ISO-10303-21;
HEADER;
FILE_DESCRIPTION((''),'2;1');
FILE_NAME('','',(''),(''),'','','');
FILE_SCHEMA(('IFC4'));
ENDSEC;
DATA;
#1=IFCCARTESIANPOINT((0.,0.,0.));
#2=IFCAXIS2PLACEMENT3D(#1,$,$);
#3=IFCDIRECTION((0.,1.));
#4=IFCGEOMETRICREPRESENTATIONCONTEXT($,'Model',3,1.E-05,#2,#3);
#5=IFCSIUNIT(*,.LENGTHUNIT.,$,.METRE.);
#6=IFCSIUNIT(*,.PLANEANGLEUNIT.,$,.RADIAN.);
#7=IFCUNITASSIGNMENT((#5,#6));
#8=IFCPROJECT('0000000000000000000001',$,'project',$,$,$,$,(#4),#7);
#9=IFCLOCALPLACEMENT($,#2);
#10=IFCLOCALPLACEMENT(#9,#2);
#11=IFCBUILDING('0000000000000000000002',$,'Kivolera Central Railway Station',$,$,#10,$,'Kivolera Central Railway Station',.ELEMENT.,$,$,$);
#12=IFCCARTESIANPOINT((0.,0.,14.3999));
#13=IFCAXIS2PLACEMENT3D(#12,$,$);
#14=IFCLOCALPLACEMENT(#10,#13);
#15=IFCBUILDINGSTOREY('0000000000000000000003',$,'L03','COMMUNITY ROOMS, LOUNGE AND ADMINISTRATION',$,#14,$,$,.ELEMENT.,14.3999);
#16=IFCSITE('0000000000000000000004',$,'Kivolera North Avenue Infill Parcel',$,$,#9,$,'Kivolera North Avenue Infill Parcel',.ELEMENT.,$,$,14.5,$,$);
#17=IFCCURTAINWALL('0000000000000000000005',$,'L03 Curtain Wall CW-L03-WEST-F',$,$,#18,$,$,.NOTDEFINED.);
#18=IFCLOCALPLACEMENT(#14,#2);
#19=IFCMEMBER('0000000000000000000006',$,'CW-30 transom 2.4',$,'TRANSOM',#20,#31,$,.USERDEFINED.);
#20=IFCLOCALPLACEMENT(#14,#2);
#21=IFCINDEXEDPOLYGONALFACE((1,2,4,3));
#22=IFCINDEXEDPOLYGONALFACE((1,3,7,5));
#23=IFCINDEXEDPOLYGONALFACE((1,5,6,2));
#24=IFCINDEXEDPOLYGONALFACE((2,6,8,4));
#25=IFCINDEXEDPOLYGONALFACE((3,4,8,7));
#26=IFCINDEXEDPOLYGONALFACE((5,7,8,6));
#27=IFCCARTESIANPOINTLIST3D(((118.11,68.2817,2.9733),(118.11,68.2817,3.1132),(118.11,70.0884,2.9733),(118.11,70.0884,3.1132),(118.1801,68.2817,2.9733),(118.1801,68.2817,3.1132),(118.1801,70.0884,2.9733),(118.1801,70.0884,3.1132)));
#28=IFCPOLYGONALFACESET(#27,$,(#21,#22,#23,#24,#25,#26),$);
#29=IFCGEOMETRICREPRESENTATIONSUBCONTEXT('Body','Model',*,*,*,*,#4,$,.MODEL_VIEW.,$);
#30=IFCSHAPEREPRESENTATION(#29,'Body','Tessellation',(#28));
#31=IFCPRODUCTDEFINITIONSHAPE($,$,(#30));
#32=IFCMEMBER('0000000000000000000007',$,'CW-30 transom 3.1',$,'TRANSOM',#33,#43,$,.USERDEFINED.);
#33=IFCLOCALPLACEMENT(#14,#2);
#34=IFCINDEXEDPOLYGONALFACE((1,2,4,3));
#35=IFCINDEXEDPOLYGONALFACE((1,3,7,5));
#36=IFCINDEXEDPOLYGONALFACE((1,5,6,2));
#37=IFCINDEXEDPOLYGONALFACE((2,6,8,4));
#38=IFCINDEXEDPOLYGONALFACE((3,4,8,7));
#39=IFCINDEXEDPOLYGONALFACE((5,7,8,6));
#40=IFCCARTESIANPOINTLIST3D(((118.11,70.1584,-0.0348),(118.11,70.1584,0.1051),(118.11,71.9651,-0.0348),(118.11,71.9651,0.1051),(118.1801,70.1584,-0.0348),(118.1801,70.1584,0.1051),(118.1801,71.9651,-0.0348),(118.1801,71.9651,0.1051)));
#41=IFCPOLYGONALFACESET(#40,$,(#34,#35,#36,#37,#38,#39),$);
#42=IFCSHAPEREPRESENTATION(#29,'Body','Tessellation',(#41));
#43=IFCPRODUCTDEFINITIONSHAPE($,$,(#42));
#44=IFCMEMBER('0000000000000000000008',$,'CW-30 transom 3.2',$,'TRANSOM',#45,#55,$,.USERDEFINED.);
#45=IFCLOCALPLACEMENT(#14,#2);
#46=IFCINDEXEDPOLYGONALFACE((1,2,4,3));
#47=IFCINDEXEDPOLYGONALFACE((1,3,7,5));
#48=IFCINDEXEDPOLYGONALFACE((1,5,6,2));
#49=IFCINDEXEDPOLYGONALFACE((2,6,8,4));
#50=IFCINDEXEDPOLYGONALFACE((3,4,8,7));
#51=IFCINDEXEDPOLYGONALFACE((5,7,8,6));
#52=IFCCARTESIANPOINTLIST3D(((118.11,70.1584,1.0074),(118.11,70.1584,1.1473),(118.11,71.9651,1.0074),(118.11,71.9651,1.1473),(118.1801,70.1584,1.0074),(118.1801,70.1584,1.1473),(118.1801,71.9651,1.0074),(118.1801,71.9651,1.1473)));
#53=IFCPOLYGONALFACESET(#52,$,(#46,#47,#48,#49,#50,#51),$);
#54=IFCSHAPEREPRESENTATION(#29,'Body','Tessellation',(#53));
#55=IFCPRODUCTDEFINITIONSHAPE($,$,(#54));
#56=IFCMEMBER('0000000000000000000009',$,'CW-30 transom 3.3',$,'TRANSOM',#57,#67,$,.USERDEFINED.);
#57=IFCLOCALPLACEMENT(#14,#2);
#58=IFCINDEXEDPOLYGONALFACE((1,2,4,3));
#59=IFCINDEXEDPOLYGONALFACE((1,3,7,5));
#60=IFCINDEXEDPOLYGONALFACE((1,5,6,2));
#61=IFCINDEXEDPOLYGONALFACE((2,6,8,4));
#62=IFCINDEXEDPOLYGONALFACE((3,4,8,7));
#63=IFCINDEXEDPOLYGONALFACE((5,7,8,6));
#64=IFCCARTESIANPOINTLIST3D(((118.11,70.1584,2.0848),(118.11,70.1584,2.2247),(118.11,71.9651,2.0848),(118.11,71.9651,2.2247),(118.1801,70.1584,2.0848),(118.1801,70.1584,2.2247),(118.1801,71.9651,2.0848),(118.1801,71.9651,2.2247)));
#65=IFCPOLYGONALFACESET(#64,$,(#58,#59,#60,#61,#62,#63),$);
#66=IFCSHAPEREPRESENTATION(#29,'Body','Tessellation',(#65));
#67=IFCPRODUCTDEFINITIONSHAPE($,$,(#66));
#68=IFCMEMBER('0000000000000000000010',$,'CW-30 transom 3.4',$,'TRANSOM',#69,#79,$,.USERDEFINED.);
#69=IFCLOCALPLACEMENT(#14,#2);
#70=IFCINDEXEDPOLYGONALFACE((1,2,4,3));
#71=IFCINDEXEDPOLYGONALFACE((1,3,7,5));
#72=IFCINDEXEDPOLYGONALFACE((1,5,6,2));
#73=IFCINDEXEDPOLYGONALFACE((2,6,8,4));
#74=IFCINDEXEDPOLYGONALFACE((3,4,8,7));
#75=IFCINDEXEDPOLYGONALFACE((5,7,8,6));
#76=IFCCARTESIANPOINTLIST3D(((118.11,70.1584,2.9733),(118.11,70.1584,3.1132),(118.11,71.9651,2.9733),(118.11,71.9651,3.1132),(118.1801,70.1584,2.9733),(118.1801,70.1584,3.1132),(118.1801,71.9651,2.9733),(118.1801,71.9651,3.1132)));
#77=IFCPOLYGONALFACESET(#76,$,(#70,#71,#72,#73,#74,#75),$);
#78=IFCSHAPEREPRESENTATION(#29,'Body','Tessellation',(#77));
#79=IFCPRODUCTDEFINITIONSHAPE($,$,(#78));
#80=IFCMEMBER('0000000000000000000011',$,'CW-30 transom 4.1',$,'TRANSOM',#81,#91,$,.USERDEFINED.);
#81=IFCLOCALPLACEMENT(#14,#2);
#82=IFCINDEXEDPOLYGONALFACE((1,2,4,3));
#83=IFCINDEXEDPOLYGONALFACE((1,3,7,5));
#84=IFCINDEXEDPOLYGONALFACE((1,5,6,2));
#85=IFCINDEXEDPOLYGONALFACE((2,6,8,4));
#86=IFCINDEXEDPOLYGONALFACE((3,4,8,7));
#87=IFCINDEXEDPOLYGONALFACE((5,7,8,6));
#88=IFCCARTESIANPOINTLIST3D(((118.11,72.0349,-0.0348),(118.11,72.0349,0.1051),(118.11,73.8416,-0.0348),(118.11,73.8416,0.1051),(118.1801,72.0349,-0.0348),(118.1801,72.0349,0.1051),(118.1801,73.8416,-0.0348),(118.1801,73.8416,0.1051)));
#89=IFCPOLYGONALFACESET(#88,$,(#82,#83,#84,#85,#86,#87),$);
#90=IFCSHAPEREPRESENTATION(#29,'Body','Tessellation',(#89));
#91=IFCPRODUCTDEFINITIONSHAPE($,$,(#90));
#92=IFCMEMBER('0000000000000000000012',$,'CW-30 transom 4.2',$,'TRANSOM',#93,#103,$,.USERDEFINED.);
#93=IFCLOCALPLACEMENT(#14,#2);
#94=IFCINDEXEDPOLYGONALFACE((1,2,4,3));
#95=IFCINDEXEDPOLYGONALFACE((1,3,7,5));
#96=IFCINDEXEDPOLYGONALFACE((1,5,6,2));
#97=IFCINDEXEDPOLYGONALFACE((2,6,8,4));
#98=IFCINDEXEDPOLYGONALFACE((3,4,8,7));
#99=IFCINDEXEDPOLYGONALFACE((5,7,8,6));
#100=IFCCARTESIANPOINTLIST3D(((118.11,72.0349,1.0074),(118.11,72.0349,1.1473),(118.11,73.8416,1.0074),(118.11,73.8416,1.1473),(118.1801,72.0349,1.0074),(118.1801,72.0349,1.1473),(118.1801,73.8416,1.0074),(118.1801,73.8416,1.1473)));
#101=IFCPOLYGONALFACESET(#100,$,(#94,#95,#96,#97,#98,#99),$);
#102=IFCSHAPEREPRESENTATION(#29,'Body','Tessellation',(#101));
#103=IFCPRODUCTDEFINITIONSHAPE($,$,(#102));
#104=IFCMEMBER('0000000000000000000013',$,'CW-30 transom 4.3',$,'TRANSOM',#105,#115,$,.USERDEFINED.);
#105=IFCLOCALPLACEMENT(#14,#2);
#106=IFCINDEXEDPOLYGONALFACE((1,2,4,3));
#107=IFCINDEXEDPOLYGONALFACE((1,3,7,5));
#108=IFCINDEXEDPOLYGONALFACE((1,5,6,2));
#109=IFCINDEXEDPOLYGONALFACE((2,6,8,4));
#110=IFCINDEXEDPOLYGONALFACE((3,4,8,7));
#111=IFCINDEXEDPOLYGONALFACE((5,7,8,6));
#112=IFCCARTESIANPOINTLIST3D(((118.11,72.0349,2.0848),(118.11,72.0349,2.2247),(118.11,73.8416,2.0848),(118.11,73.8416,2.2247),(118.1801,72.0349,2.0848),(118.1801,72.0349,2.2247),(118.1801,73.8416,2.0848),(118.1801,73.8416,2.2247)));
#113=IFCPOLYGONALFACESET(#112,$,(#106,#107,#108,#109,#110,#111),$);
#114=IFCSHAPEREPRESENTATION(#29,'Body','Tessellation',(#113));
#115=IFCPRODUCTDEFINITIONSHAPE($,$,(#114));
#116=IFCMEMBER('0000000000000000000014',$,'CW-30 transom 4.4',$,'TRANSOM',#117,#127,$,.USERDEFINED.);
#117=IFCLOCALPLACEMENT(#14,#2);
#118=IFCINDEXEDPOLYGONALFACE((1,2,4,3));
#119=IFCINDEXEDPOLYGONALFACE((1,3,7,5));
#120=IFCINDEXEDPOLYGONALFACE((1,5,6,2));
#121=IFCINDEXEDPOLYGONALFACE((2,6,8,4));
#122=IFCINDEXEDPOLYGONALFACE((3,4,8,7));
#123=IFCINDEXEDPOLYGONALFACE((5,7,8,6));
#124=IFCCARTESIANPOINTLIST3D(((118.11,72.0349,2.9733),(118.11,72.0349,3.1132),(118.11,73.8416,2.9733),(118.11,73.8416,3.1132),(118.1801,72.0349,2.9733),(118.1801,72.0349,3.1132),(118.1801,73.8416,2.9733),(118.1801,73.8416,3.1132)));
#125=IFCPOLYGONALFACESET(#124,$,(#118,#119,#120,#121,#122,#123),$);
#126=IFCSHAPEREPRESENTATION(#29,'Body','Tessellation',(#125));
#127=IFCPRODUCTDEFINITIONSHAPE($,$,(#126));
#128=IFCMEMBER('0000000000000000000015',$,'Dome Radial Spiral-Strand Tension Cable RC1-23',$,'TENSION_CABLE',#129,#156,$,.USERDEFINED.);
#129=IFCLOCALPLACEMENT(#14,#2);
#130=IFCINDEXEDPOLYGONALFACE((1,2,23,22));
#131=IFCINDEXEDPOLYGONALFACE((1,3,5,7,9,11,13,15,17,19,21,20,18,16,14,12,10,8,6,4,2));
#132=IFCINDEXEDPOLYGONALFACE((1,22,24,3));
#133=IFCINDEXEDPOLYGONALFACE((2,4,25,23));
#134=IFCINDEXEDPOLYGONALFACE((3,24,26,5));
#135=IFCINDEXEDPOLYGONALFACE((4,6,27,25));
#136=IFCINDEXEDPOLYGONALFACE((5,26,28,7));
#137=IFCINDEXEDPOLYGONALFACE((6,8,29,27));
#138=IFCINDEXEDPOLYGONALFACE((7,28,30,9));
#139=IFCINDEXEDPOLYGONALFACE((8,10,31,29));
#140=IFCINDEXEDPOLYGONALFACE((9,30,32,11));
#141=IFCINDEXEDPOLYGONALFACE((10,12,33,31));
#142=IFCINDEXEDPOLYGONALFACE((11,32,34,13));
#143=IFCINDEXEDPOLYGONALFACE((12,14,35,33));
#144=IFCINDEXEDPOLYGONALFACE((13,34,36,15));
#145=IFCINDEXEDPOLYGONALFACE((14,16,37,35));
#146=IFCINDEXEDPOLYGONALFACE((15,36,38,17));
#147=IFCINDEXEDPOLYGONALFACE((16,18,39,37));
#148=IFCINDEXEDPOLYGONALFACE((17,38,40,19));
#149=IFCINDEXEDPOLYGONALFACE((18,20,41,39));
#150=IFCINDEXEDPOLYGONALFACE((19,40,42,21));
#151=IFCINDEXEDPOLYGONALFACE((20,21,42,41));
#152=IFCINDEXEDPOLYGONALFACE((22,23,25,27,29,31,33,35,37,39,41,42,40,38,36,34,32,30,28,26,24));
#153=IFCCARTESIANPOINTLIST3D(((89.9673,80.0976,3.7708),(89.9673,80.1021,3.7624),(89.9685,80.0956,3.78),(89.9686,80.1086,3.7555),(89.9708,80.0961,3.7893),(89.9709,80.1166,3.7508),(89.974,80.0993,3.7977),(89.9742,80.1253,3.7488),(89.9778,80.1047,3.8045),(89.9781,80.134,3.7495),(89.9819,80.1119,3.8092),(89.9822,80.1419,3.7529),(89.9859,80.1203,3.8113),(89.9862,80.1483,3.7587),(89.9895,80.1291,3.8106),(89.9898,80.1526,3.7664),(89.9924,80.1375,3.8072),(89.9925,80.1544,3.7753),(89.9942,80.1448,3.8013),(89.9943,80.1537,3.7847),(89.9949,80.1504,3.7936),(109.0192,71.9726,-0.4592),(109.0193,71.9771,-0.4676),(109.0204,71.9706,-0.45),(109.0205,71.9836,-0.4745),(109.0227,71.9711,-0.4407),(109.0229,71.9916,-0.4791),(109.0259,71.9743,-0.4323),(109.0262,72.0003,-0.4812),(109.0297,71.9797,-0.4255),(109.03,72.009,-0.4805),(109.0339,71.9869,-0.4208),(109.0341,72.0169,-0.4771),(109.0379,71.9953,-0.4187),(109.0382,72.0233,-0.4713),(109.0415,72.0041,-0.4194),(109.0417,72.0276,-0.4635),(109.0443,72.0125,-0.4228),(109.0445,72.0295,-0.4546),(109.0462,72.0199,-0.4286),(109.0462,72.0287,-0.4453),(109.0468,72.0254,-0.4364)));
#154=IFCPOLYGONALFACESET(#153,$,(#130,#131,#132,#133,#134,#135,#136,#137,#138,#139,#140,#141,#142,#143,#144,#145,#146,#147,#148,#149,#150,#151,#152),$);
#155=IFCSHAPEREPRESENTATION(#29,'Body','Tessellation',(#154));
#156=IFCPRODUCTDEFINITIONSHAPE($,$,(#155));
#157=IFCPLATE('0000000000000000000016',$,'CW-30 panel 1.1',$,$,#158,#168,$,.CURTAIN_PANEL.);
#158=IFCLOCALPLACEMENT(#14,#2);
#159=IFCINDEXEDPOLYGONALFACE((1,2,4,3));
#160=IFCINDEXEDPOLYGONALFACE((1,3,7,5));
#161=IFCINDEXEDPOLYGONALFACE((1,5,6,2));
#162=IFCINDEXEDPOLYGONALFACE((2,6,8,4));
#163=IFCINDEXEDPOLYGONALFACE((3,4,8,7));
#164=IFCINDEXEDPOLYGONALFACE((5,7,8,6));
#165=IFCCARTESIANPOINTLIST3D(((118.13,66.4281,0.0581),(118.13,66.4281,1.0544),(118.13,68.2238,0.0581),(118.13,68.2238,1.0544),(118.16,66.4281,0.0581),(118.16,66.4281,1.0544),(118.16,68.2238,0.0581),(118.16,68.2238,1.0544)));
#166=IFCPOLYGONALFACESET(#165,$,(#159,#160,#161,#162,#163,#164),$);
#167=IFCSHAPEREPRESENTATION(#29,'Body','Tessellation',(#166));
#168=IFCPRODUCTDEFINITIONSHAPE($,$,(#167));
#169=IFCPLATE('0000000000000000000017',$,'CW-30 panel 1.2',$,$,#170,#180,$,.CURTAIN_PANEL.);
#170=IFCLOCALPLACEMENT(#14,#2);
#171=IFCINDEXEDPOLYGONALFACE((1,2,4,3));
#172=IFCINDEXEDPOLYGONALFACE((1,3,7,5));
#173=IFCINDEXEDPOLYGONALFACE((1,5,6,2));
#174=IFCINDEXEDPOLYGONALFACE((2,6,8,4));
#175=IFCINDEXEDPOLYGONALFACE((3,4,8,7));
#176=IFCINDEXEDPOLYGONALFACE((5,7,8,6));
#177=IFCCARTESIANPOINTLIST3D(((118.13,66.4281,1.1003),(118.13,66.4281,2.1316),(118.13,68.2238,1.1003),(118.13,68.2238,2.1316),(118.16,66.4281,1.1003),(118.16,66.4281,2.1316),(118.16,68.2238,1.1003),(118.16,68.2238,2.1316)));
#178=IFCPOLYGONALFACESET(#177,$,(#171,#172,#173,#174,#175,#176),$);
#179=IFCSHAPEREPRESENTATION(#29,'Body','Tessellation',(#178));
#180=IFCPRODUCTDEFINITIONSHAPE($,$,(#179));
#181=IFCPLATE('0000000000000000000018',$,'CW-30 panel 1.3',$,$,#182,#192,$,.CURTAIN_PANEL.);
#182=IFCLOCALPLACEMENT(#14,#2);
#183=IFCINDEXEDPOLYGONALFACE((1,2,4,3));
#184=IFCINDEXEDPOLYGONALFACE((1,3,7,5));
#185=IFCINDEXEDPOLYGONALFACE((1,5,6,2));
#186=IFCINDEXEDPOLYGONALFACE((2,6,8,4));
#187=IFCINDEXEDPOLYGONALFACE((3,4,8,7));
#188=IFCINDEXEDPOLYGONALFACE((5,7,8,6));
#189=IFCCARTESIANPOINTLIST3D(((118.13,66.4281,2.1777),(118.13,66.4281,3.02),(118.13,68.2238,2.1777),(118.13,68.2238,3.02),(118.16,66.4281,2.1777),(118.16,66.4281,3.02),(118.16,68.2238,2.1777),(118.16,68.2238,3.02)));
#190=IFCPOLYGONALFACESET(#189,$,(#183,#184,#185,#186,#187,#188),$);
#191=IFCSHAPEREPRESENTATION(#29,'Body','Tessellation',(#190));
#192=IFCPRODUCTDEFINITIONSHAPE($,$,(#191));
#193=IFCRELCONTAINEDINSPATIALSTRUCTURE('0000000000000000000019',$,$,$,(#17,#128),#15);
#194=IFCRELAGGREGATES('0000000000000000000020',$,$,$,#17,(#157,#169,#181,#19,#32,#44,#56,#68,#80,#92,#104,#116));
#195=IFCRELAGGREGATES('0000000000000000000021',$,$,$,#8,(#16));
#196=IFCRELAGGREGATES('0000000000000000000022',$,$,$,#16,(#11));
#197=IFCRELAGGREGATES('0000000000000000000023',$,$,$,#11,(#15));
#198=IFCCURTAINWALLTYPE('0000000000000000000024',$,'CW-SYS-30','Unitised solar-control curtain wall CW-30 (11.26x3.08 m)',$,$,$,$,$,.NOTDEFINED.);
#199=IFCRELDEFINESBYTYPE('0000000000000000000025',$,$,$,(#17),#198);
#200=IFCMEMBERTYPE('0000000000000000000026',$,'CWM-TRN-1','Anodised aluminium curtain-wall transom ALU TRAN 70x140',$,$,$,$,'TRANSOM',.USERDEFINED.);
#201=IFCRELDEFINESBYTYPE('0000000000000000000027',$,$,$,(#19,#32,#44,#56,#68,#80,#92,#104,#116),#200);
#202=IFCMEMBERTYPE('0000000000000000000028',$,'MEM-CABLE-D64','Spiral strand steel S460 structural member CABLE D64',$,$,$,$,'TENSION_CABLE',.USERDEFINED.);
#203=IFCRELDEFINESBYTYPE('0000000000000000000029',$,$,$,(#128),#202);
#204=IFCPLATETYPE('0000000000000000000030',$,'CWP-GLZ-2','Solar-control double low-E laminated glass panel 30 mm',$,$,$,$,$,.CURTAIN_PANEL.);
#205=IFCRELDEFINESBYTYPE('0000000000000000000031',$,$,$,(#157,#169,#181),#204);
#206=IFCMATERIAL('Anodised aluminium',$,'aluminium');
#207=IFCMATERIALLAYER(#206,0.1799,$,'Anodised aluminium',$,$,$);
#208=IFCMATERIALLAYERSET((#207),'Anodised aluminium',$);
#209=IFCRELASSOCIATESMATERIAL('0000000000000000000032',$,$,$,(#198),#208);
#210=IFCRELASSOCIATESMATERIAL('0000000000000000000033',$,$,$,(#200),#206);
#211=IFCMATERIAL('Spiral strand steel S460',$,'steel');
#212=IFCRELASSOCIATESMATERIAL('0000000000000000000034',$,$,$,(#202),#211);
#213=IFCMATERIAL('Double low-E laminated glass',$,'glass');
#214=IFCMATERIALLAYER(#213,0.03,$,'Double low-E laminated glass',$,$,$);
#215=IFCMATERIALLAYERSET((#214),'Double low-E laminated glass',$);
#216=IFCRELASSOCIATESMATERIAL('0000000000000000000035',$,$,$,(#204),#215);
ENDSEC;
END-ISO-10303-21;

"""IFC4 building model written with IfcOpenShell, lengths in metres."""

from ifc_helpers import new_model, si_unit, direction, frame, origin, origin_2d, place, context, subcontext, project, spatial, rectangle, circle, extrude, material, layer, layer_set, material_profile, profile_set, type_object, element, aggregate, save


model = new_model("IFC4")

# Units and contexts
model_context = context("Model", 3, precision=1e-05, world=origin(), true_north=direction((0.0, 1.0)))
body_context = subcontext(model_context, "Body", "Model", "MODEL_VIEW")
ifc_project = project(units=[si_unit("LENGTHUNIT", "METRE"), si_unit("PLANEANGLEUNIT", "RADIAN")], contexts=[model_context])

# Site, building, storey
site_placement = place(None, origin())
site = spatial("IfcSite", under=ifc_project, at=site_placement, Name="Kivolera North Avenue Infill Parcel", LongName="Kivolera North Avenue Infill Parcel", CompositionType="ELEMENT", RefElevation=14.5)
building_placement = place(site_placement, origin())
building = spatial("IfcBuilding", under=site, at=building_placement, Name="Kivolera Central Railway Station", LongName="Kivolera Central Railway Station", CompositionType="ELEMENT")
storey_placement = place(building_placement, frame((0.0, 0.0, 14.3999)))
storey = spatial("IfcBuildingStorey", under=building, at=storey_placement, Name="L03", Description="COMMUNITY ROOMS, LOUNGE AND ADMINISTRATION", CompositionType="ELEMENT", Elevation=14.3999)

# Curtain wall, members
ifc_material_1 = material(Name="Anodised aluminium", Category="aluminium")
ifc_layer_1 = layer(ifc_material_1, 0.1799, Name="Anodised aluminium")
ifc_layer_set_1 = layer_set([ifc_layer_1], Name="Anodised aluminium")
curtain_wall_type = type_object("IfcCurtainWallType", Name="CW-SYS-30", Description="Unitised solar-control curtain wall CW-30 (11.26x3.08 m)", PredefinedType="NOTDEFINED", material=ifc_layer_set_1)
curtain_wall_placement = place(storey_placement, origin())
curtain_wall = element("IfcCurtainWall", 1, at=curtain_wall_placement, inside=storey, type_object=curtain_wall_type, Name="L03 Curtain Wall CW-L03-WEST-F", PredefinedType="NOTDEFINED")
ifc_material_profile_1 = material_profile(ifc_material_1, rectangle(XDim=0.0701, YDim=0.1399, at=origin_2d()), Name="ALU TRAN 70x140")
ifc_profile_set_1 = profile_set([ifc_material_profile_1], Name="Anodised aluminium")
member_type_1 = type_object("IfcMemberType", Name="CWM-TRN-1", Description="Anodised aluminium curtain-wall transom ALU TRAN 70x140", ElementType="TRANSOM", PredefinedType="USERDEFINED", material=ifc_profile_set_1)
member_1_placement = place(storey_placement, frame((118.145, 68.2817, 3.0432), z_axis=(0.0, 1.0, 0.0), x_axis=(-1.0, 0.0, 0.0)))
member_1 = element("IfcMember", 2, at=member_1_placement, type_object=member_type_1, Name="CW-30 transom 2.4", ObjectType="TRANSOM", PredefinedType="USERDEFINED", context=body_context, shape_type="SweptSolid", body=[
    extrude(rectangle(XDim=0.0701, YDim=0.1399, at=origin_2d()), origin(), (0.0, 0.0, 1.0), 1.8066),
])
member_2_placement = place(storey_placement, frame((118.145, 70.1584, 0.0352), z_axis=(0.0, 1.0, 0.0), x_axis=(-1.0, 0.0, 0.0)))
member_2 = element("IfcMember", 3, at=member_2_placement, type_object=member_type_1, Name="CW-30 transom 3.1", ObjectType="TRANSOM", PredefinedType="USERDEFINED", context=body_context, shape_type="SweptSolid", body=[
    extrude(rectangle(XDim=0.0701, YDim=0.1399, at=origin_2d()), origin(), (0.0, 0.0, 1.0), 1.8066),
])
member_3_placement = place(storey_placement, frame((118.145, 70.1584, 1.0774), z_axis=(0.0, 1.0, 0.0), x_axis=(-1.0, 0.0, 0.0)))
member_3 = element("IfcMember", 4, at=member_3_placement, type_object=member_type_1, Name="CW-30 transom 3.2", ObjectType="TRANSOM", PredefinedType="USERDEFINED", context=body_context, shape_type="SweptSolid", body=[
    extrude(rectangle(XDim=0.0701, YDim=0.1399, at=origin_2d()), origin(), (0.0, 0.0, 1.0), 1.8066),
])
member_4_placement = place(storey_placement, frame((118.145, 70.1584, 2.1548), z_axis=(0.0, 1.0, 0.0), x_axis=(-1.0, 0.0, 0.0)))
member_4 = element("IfcMember", 5, at=member_4_placement, type_object=member_type_1, Name="CW-30 transom 3.3", ObjectType="TRANSOM", PredefinedType="USERDEFINED", context=body_context, shape_type="SweptSolid", body=[
    extrude(rectangle(XDim=0.0701, YDim=0.1399, at=origin_2d()), origin(), (0.0, 0.0, 1.0), 1.8066),
])
member_5_placement = place(storey_placement, frame((118.145, 70.1584, 3.0432), z_axis=(0.0, 1.0, 0.0), x_axis=(-1.0, 0.0, 0.0)))
member_5 = element("IfcMember", 6, at=member_5_placement, type_object=member_type_1, Name="CW-30 transom 3.4", ObjectType="TRANSOM", PredefinedType="USERDEFINED", context=body_context, shape_type="SweptSolid", body=[
    extrude(rectangle(XDim=0.0701, YDim=0.1399, at=origin_2d()), origin(), (0.0, 0.0, 1.0), 1.8066),
])
member_6_placement = place(storey_placement, frame((118.145, 72.0349, 0.0352), z_axis=(0.0, 1.0, 0.0), x_axis=(-1.0, 0.0, 0.0)))
member_6 = element("IfcMember", 7, at=member_6_placement, type_object=member_type_1, Name="CW-30 transom 4.1", ObjectType="TRANSOM", PredefinedType="USERDEFINED", context=body_context, shape_type="SweptSolid", body=[
    extrude(rectangle(XDim=0.0701, YDim=0.1399, at=origin_2d()), origin(), (0.0, 0.0, 1.0), 1.8066),
])
member_7_placement = place(storey_placement, frame((118.145, 72.0349, 1.0774), z_axis=(0.0, 1.0, 0.0), x_axis=(-1.0, 0.0, 0.0)))
member_7 = element("IfcMember", 8, at=member_7_placement, type_object=member_type_1, Name="CW-30 transom 4.2", ObjectType="TRANSOM", PredefinedType="USERDEFINED", context=body_context, shape_type="SweptSolid", body=[
    extrude(rectangle(XDim=0.0701, YDim=0.1399, at=origin_2d()), origin(), (0.0, 0.0, 1.0), 1.8066),
])
member_8_placement = place(storey_placement, frame((118.145, 72.0349, 2.1548), z_axis=(0.0, 1.0, 0.0), x_axis=(-1.0, 0.0, 0.0)))
member_8 = element("IfcMember", 9, at=member_8_placement, type_object=member_type_1, Name="CW-30 transom 4.3", ObjectType="TRANSOM", PredefinedType="USERDEFINED", context=body_context, shape_type="SweptSolid", body=[
    extrude(rectangle(XDim=0.0701, YDim=0.1399, at=origin_2d()), origin(), (0.0, 0.0, 1.0), 1.8066),
])
member_9_placement = place(storey_placement, frame((118.145, 72.0349, 3.0432), z_axis=(0.0, 1.0, 0.0), x_axis=(-1.0, 0.0, 0.0)))
member_9 = element("IfcMember", 10, at=member_9_placement, type_object=member_type_1, Name="CW-30 transom 4.4", ObjectType="TRANSOM", PredefinedType="USERDEFINED", context=body_context, shape_type="SweptSolid", body=[
    extrude(rectangle(XDim=0.0701, YDim=0.1399, at=origin_2d()), origin(), (0.0, 0.0, 1.0), 1.8066),
])

# Member
ifc_material_2 = material(Name="Spiral strand steel S460", Category="steel")
ifc_material_profile_2 = material_profile(ifc_material_2, circle(Radius=0.032, at=origin_2d()), Name="CABLE D64")
ifc_profile_set_2 = profile_set([ifc_material_profile_2], Name="Spiral strand steel S460")
member_type_2 = type_object("IfcMemberType", Name="MEM-CABLE-D64", Description="Spiral strand steel S460 structural member CABLE D64", ElementType="TENSION_CABLE", PredefinedType="USERDEFINED", material=ifc_profile_set_2)
member_10_placement = place(storey_placement, frame((109.033, 72.0, -0.45), z_axis=(-0.901243, 0.384348, 0.200096), x_axis=(-0.392281, -0.919845, 0.0)))
element("IfcMember", 11, at=member_10_placement, inside=storey, type_object=member_type_2, Name="Dome Radial Spiral-Strand Tension Cable RC1-23", ObjectType="TENSION_CABLE", PredefinedType="USERDEFINED", context=body_context, shape_type="SweptSolid", body=[
    extrude(circle(Radius=0.032, at=origin_2d()), origin(), (0.0, 0.0, 1.0), 21.1396),
])

# Plates
ifc_material_3 = material(Name="Double low-E laminated glass", Category="glass")
ifc_layer_2 = layer(ifc_material_3, 0.03, Name="Double low-E laminated glass")
ifc_layer_set_2 = layer_set([ifc_layer_2], Name="Double low-E laminated glass")
plate_type_1 = type_object("IfcPlateType", Name="CWP-GLZ-2", Description="Solar-control double low-E laminated glass panel 30 mm", PredefinedType="CURTAIN_PANEL", material=ifc_layer_set_2)
plate_1_placement = place(storey_placement, frame((118.145, 67.3259, 0.0581), z_axis=(0.0, 0.0, 1.0), x_axis=(0.0, 1.0, 0.0)))
plate_1 = element("IfcPlate", 12, at=plate_1_placement, type_object=plate_type_1, Name="CW-30 panel 1.1", PredefinedType="CURTAIN_PANEL", context=body_context, shape_type="SweptSolid", body=[
    extrude(rectangle(XDim=1.7957, YDim=0.03, at=origin_2d()), origin(), (0.0, 0.0, 1.0), 0.9963),
])
plate_2_placement = place(storey_placement, frame((118.145, 67.3259, 1.1003), z_axis=(0.0, 0.0, 1.0), x_axis=(0.0, 1.0, 0.0)))
plate_2 = element("IfcPlate", 13, at=plate_2_placement, type_object=plate_type_1, Name="CW-30 panel 1.2", PredefinedType="CURTAIN_PANEL", context=body_context, shape_type="SweptSolid", body=[
    extrude(rectangle(XDim=1.7957, YDim=0.03, at=origin_2d()), origin(), (0.0, 0.0, 1.0), 1.0312),
])
plate_3_placement = place(storey_placement, frame((118.145, 67.3259, 2.1777), z_axis=(0.0, 0.0, 1.0), x_axis=(0.0, 1.0, 0.0)))
plate_3 = element("IfcPlate", 14, at=plate_3_placement, type_object=plate_type_1, Name="CW-30 panel 1.3", PredefinedType="CURTAIN_PANEL", context=body_context, shape_type="SweptSolid", body=[
    extrude(rectangle(XDim=1.7957, YDim=0.03, at=origin_2d()), origin(), (0.0, 0.0, 1.0), 0.8423),
])
aggregate(curtain_wall, [plate_1, plate_2, plate_3, member_1, member_2, member_3, member_4, member_5, member_6, member_7, member_8, member_9])

save(model, "model.ifc")
